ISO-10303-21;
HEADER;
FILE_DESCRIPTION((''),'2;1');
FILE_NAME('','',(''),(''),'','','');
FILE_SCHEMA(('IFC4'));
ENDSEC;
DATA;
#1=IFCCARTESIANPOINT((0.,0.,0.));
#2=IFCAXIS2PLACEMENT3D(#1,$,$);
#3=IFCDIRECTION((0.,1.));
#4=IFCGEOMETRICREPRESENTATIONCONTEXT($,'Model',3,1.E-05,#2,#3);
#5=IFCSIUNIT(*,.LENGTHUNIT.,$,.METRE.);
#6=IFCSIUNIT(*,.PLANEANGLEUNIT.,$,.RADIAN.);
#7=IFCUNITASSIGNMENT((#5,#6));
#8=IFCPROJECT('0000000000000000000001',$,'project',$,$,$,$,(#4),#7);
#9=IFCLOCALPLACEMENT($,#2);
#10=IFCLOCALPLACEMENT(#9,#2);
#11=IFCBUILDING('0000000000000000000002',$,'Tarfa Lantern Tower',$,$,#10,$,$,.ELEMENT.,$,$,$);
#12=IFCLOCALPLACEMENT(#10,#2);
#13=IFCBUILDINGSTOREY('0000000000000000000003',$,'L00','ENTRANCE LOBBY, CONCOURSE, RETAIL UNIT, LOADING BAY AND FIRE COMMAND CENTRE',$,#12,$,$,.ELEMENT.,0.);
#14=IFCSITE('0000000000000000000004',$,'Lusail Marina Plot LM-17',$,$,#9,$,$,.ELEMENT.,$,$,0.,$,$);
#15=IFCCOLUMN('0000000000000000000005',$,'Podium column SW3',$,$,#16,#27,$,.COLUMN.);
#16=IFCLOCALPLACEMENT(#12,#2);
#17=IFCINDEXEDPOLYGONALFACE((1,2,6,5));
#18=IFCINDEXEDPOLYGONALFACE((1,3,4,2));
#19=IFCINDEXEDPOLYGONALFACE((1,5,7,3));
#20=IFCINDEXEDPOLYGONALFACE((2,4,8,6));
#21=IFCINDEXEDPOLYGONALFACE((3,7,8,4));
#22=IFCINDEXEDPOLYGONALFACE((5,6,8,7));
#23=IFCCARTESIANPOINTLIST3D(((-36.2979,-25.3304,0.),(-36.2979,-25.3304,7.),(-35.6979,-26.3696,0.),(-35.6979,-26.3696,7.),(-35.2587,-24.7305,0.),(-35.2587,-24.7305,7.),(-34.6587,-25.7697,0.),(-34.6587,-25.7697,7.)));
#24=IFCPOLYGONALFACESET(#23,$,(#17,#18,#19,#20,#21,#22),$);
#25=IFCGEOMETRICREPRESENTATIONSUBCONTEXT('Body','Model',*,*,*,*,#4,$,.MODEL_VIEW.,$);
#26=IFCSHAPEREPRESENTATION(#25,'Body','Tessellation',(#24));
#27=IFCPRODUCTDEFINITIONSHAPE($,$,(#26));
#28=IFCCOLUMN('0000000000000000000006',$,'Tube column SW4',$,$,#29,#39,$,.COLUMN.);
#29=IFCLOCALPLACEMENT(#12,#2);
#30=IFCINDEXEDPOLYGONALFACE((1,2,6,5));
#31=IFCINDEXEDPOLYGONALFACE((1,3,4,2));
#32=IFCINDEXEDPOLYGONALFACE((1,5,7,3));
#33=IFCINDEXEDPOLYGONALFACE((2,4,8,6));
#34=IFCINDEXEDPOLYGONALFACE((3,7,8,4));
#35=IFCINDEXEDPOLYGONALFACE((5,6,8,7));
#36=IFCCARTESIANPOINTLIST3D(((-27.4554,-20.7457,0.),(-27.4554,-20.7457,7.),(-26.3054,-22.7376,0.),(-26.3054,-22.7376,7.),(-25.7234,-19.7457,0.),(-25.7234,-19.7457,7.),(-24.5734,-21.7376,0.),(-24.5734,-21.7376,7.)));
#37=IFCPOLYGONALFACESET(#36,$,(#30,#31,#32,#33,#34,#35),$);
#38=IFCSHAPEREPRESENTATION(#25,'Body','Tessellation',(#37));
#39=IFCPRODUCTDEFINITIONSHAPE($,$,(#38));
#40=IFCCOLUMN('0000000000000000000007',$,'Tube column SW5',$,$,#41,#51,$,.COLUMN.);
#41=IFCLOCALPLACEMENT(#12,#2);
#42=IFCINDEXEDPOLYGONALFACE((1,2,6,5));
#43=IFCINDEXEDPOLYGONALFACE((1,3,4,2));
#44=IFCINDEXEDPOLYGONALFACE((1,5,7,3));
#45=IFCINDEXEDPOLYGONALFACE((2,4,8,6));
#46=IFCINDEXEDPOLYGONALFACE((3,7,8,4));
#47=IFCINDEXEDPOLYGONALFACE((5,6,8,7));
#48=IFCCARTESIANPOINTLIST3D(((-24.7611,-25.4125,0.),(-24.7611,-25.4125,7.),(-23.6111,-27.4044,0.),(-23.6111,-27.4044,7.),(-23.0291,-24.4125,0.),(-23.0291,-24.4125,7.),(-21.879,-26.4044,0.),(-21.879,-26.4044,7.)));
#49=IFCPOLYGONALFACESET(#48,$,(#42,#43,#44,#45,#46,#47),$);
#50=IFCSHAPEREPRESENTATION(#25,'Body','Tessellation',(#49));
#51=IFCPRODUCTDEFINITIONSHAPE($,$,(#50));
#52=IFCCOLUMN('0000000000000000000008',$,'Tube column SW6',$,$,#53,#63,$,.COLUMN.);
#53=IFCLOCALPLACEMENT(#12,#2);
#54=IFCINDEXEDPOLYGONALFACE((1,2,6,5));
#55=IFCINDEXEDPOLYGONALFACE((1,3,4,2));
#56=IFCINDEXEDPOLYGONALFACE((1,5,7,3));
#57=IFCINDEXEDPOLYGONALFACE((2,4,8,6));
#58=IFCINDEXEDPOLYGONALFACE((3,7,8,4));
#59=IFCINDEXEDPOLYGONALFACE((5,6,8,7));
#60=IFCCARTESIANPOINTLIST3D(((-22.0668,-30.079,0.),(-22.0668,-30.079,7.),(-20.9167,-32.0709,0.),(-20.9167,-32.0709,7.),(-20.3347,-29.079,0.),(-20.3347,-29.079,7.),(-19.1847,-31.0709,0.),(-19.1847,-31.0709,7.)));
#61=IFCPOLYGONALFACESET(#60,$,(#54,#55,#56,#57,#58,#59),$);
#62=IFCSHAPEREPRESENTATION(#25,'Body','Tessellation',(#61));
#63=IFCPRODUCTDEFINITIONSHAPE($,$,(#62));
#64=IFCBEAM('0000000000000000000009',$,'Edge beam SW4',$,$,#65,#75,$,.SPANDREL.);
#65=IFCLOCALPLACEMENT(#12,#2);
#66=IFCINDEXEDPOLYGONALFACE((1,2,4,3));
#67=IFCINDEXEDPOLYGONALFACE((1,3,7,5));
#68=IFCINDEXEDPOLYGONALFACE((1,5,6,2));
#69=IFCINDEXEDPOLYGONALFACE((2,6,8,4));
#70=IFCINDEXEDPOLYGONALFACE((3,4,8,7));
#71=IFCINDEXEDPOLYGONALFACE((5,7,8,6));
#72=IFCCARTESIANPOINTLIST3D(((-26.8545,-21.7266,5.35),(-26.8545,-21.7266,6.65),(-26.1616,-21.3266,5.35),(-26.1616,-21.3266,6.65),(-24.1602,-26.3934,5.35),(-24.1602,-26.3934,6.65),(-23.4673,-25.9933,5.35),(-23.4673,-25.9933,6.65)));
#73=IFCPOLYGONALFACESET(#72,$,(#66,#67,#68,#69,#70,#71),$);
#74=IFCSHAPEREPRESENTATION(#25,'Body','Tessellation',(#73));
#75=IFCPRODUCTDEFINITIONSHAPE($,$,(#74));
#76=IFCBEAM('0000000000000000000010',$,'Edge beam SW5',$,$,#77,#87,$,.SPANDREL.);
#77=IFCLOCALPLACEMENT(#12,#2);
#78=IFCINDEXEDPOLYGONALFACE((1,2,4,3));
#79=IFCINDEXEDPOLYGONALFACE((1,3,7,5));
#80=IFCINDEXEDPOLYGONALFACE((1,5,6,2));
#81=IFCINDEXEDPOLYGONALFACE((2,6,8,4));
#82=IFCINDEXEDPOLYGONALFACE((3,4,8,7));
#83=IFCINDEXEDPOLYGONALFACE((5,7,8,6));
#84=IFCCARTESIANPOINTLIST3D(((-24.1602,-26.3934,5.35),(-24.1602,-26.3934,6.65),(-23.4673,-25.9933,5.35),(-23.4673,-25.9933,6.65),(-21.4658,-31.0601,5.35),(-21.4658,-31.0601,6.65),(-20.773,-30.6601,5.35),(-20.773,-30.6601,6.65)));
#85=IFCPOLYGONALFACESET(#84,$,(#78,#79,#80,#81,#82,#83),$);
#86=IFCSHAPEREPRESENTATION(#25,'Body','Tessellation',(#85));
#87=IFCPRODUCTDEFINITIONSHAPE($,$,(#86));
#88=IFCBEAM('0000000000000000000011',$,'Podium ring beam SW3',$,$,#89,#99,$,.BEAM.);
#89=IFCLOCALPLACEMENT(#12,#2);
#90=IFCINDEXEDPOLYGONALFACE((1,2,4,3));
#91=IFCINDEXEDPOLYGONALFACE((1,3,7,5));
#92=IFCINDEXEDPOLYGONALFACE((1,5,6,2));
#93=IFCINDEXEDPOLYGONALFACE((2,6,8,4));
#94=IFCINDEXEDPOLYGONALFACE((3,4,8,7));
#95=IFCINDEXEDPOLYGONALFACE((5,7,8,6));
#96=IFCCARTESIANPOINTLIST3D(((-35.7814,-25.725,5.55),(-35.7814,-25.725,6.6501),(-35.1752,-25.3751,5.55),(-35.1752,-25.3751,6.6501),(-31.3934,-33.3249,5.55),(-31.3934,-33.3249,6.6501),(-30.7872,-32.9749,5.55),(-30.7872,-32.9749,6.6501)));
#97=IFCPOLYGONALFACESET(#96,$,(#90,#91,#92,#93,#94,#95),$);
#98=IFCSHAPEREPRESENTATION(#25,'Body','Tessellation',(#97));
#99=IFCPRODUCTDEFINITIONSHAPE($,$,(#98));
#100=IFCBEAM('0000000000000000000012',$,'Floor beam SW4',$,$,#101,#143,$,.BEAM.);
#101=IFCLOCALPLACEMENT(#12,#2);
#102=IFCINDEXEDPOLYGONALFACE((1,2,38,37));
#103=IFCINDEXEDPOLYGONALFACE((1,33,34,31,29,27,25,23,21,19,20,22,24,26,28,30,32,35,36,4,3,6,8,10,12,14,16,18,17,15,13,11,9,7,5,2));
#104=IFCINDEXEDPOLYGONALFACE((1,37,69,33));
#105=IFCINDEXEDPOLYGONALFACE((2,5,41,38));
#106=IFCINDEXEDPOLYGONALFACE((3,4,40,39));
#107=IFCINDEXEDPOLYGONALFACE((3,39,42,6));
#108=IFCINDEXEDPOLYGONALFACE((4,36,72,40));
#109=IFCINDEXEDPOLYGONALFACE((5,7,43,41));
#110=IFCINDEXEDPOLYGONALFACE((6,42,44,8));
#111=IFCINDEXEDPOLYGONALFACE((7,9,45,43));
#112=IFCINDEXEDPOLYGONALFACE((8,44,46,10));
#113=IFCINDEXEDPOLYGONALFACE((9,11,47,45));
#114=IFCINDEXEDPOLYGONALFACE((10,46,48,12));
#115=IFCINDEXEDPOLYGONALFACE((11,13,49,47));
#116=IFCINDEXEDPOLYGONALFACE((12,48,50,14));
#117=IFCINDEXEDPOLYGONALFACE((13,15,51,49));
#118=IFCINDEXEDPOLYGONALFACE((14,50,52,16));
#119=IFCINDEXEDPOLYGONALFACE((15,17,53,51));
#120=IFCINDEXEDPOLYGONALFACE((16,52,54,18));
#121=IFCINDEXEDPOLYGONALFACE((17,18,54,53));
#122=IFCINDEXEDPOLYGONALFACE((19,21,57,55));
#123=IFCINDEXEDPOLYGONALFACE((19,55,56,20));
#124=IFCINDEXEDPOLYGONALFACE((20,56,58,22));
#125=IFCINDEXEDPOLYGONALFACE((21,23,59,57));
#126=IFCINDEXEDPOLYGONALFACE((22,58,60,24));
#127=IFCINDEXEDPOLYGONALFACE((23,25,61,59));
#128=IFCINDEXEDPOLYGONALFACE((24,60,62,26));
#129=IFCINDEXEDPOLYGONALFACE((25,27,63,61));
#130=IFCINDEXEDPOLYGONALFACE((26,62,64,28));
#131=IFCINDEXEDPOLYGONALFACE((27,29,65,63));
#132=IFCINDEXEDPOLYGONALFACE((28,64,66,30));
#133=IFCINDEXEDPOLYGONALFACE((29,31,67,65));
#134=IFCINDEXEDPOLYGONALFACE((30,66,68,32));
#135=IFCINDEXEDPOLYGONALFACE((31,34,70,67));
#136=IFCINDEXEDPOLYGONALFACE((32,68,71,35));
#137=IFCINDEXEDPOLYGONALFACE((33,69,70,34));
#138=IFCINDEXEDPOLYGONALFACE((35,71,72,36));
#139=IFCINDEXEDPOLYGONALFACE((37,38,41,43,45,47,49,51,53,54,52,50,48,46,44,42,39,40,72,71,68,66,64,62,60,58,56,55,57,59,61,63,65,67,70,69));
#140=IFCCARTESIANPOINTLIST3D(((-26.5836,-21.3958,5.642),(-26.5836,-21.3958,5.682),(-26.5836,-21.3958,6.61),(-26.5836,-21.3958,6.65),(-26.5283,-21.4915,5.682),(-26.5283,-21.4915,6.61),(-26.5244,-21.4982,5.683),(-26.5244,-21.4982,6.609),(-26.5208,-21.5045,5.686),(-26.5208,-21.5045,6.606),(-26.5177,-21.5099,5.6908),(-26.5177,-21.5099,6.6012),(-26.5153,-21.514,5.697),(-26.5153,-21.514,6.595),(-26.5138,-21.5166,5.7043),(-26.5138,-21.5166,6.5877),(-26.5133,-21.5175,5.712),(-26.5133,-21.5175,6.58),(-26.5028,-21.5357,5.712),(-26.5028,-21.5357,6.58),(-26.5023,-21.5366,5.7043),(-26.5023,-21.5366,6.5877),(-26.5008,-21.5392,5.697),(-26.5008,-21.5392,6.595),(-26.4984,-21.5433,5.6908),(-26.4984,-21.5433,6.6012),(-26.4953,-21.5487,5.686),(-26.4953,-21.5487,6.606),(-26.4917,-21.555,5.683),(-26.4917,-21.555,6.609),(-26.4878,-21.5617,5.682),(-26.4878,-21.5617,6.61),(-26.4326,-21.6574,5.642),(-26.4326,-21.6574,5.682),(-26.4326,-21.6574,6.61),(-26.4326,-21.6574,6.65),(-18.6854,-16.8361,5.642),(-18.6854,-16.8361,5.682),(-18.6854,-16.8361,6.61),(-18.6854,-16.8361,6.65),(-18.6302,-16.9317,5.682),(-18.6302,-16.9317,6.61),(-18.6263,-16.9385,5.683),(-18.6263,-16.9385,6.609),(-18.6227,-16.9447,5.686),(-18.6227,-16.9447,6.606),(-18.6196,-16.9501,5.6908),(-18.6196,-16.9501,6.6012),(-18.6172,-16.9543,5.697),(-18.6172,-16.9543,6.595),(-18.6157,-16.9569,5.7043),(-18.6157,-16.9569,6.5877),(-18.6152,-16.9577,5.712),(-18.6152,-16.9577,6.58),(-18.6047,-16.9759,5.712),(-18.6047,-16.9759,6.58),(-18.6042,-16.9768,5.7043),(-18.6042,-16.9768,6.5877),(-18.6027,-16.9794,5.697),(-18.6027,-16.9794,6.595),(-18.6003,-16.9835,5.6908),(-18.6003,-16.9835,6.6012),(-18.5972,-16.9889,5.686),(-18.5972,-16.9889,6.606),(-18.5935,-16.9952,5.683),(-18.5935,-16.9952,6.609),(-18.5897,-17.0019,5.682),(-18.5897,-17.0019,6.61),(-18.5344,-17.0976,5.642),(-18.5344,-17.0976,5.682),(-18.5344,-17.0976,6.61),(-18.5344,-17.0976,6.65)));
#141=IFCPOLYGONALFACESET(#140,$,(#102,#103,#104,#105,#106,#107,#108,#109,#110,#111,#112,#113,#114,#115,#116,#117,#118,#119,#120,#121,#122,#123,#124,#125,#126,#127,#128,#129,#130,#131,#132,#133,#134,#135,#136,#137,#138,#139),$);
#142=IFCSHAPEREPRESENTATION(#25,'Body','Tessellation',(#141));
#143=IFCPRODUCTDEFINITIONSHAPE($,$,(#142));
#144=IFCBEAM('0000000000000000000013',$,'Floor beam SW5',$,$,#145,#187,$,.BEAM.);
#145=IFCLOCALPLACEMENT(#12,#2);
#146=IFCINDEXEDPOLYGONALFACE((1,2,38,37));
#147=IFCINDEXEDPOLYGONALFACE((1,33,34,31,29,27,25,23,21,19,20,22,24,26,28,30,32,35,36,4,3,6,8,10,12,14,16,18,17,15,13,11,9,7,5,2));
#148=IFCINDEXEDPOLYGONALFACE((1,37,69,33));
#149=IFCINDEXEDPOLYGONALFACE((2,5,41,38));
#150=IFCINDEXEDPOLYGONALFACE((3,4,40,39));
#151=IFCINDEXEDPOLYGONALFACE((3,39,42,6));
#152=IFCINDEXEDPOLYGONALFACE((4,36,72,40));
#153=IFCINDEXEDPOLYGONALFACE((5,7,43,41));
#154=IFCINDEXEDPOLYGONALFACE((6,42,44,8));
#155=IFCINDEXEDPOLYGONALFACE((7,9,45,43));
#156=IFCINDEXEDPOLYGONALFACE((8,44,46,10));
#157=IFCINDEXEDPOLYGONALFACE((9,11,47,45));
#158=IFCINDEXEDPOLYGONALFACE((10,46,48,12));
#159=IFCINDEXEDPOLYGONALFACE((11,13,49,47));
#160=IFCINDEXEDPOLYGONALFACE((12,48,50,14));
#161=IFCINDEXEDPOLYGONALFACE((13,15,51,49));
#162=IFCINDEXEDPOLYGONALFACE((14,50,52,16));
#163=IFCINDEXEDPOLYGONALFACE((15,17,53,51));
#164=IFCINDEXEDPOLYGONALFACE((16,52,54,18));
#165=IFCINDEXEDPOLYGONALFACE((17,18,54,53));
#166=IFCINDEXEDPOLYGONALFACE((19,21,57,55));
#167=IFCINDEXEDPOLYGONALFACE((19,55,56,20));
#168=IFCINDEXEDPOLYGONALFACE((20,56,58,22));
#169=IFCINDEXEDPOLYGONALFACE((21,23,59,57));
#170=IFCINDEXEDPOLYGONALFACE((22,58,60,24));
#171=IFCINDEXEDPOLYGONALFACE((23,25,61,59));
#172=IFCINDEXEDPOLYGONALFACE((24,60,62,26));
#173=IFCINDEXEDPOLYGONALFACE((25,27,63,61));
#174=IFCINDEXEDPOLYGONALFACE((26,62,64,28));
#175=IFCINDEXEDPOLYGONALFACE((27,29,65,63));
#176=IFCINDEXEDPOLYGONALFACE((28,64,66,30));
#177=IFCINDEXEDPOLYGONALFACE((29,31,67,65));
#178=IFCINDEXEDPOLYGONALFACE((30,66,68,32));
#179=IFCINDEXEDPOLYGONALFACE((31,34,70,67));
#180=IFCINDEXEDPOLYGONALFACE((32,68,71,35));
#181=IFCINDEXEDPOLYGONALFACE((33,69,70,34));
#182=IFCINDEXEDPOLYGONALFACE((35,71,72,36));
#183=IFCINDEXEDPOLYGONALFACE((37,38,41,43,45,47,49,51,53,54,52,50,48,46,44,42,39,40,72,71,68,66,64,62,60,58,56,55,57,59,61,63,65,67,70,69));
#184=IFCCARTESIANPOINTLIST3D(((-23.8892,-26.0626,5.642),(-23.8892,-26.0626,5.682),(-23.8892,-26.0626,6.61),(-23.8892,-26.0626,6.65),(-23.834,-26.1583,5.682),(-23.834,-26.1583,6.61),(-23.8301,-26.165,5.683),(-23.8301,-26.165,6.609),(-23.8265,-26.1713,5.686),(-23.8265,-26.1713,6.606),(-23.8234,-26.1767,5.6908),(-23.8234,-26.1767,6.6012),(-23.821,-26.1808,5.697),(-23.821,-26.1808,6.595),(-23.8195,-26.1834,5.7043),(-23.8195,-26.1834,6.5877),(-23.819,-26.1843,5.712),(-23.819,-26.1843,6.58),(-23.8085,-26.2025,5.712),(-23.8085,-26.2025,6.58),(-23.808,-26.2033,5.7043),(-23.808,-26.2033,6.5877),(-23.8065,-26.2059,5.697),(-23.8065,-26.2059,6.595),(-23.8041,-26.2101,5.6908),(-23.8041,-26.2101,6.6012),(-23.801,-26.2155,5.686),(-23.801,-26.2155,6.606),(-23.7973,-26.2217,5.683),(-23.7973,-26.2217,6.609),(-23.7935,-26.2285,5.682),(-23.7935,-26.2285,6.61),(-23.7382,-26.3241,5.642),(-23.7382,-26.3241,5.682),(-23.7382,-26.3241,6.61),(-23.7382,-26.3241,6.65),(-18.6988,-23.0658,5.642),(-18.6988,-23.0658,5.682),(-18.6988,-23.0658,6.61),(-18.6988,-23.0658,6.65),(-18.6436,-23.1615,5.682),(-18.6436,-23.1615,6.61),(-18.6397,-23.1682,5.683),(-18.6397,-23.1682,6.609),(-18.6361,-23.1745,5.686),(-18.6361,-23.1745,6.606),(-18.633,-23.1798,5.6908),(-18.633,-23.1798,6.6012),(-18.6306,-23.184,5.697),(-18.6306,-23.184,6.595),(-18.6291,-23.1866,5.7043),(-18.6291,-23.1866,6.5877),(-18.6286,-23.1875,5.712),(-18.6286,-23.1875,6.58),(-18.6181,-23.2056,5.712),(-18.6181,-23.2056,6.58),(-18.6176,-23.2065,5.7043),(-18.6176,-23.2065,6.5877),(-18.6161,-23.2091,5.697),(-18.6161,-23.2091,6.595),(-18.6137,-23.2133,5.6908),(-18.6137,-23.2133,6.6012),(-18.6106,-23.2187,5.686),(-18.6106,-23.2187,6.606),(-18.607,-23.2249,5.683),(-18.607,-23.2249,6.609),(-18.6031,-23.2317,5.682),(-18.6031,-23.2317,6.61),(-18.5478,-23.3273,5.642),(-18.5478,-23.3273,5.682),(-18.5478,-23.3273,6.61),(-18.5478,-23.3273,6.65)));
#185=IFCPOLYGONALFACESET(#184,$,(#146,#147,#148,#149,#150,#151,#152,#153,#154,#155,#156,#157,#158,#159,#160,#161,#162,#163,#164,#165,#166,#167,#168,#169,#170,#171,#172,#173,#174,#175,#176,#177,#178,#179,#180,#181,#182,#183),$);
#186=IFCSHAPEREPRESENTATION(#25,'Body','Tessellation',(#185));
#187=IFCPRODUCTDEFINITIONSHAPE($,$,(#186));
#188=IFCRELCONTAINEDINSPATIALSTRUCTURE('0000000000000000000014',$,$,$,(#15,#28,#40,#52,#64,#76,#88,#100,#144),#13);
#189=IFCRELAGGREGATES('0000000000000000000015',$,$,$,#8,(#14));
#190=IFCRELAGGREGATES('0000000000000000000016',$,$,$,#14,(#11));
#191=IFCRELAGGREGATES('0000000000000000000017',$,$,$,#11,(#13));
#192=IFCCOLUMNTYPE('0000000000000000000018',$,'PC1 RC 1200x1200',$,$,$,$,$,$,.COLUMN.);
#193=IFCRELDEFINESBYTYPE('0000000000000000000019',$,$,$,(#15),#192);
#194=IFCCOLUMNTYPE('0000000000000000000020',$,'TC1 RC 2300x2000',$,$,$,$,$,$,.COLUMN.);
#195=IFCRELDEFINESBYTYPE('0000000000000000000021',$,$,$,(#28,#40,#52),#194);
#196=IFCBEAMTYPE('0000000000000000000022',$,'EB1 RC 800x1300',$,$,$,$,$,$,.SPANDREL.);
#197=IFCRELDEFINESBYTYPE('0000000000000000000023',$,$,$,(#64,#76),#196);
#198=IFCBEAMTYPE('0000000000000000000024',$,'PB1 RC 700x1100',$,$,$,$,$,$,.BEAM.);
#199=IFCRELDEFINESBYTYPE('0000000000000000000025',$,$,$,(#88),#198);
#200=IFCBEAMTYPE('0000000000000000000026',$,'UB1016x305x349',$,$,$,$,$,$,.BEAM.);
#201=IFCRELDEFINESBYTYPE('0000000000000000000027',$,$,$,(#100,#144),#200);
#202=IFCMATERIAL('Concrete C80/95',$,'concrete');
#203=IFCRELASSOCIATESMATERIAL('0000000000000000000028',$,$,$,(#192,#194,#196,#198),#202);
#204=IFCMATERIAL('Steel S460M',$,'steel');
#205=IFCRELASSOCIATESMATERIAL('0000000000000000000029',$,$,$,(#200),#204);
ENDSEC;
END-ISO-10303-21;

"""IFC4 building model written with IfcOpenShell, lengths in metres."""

from ifc_helpers import new_model, si_unit, direction, frame, origin, origin_2d, place, context, subcontext, project, spatial, rectangle, i_section, extrude, material, material_profile, profile_set, type_object, element, save


model = new_model("IFC4")

# Units and contexts
model_context = context("Model", 3, precision=1e-05, world=origin(), true_north=direction((0.0, 1.0)))
body_context = subcontext(model_context, "Body", "Model", "MODEL_VIEW")
ifc_project = project(units=[si_unit("LENGTHUNIT", "METRE"), si_unit("PLANEANGLEUNIT", "RADIAN")], contexts=[model_context])

# Site, building, storey
site_placement = place(None, origin())
site = spatial("IfcSite", under=ifc_project, at=site_placement, Name="Lusail Marina Plot LM-17", CompositionType="ELEMENT", RefElevation=0.0)
building_placement = place(site_placement, origin())
building = spatial("IfcBuilding", under=site, at=building_placement, Name="Tarfa Lantern Tower", CompositionType="ELEMENT")
storey_placement = place(building_placement, origin())
storey = spatial("IfcBuildingStorey", under=building, at=storey_placement, Name="L00", Description="ENTRANCE LOBBY, CONCOURSE, RETAIL UNIT, LOADING BAY AND FIRE COMMAND CENTRE", CompositionType="ELEMENT", Elevation=0.0)

# Columns
ifc_material_1 = material(Name="Concrete C80/95", Category="concrete")
ifc_material_profile_1 = material_profile(ifc_material_1, rectangle(XDim=1.2, YDim=1.2, at=origin_2d()), Name="RC 1200x1200")
ifc_profile_set_1 = profile_set([ifc_material_profile_1], Name="Concrete C80/95")
column_type_1 = type_object("IfcColumnType", Name="PC1 RC 1200x1200", PredefinedType="COLUMN", material=ifc_profile_set_1)
column_placement = place(storey_placement, frame((-35.4783, -25.55, 0.0), z_axis=(0.0, 0.0, 1.0), x_axis=(0.5, -0.866025, 0.0)))
element("IfcColumn", 1, at=column_placement, inside=storey, type_object=column_type_1, Name="Podium column SW3", PredefinedType="COLUMN", context=body_context, shape_type="SweptSolid", body=[
    extrude(rectangle(XDim=1.2, YDim=1.2, at=origin_2d()), origin(), (0.0, 0.0, 1.0), 7.0),
])
ifc_material_profile_2 = material_profile(ifc_material_1, rectangle(XDim=2.3, YDim=2.0, at=origin_2d()), Name="RC 2300x2000")
ifc_profile_set_2 = profile_set([ifc_material_profile_2], Name="Concrete C80/95")
column_type_2 = type_object("IfcColumnType", Name="TC1 RC 2300x2000", PredefinedType="COLUMN", material=ifc_profile_set_2)
for number, where, z_axis, x_axis, name in (
    (2, (-26.0144, -21.2417, 0.0), (0.0, 0.0, 1.0), (0.5, -0.866025, 0.0), "Tube column SW4"),
    (3, (-23.3201, -25.9084, 0.0), (0.0, 0.0, 1.0), (0.5, -0.866025, 0.0), "Tube column SW5"),
    (4, (-20.6257, -30.575, 0.0), (0.0, 0.0, 1.0), (0.5, -0.866025, 0.0), "Tube column SW6"),
):
    element("IfcColumn", number, at=place(storey_placement, frame(where, z_axis=z_axis, x_axis=x_axis)), inside=storey, type_object=column_type_2, Name=name, PredefinedType="COLUMN", context=body_context, shape_type="SweptSolid", body=[
        extrude(rectangle(XDim=2.3, YDim=2.0, at=origin_2d()), origin(), (0.0, 0.0, 1.0), 7.0),
    ])

# Beams
ifc_material_profile_3 = material_profile(ifc_material_1, rectangle(XDim=0.8, YDim=1.3, at=origin_2d()), Name="RC 800x1300")
ifc_profile_set_3 = profile_set([ifc_material_profile_3], Name="Concrete C80/95")
beam_type_1 = type_object("IfcBeamType", Name="EB1 RC 800x1300", PredefinedType="SPANDREL", material=ifc_profile_set_3)
for number, where, z_axis, x_axis, name in (
    (5, (-26.5081, -21.5266, 6.0), (0.499998, -0.866026, 0.0), (0.866026, 0.499998, 0.0), "Edge beam SW4"),
    (6, (-23.8137, -26.1934, 6.0), (0.499998, -0.866026, 0.0), (0.866026, 0.499998, 0.0), "Edge beam SW5"),
):
    element("IfcBeam", number, at=place(storey_placement, frame(where, z_axis=z_axis, x_axis=x_axis)), inside=storey, type_object=beam_type_1, Name=name, PredefinedType="SPANDREL", context=body_context, shape_type="SweptSolid", body=[
        extrude(rectangle(XDim=0.8, YDim=1.3, at=origin_2d()), origin(), (0.0, 0.0, 1.0), 5.3887),
    ])
ifc_material_profile_4 = material_profile(ifc_material_1, rectangle(XDim=0.7, YDim=1.1001, at=origin_2d()), Name="RC 700x1100")
ifc_profile_set_4 = profile_set([ifc_material_profile_4], Name="Concrete C80/95")
beam_type_2 = type_object("IfcBeamType", Name="PB1 RC 700x1100", PredefinedType="BEAM", material=ifc_profile_set_4)
beam_1_placement = place(storey_placement, frame((-35.4783, -25.55, 6.1001), z_axis=(0.500014, -0.866017, 0.0), x_axis=(0.866017, 0.500014, 0.0)))
element("IfcBeam", 7, at=beam_1_placement, inside=storey, type_object=beam_type_2, Name="Podium ring beam SW3", PredefinedType="BEAM", context=body_context, shape_type="SweptSolid", body=[
    extrude(rectangle(XDim=0.7, YDim=1.1001, at=origin_2d()), origin(), (0.0, 0.0, 1.0), 8.7756),
])
ifc_material_2 = material(Name="Steel S460M", Category="steel")
ifc_material_profile_5 = material_profile(ifc_material_2, i_section(OverallWidth=0.302, OverallDepth=1.0081, WebThickness=0.021, FlangeThickness=0.04, FilletRadius=0.03, at=origin_2d()), Name="UB1016x305x349")
ifc_profile_set_5 = profile_set([ifc_material_profile_5], Name="Steel S460M")
beam_type_3 = type_object("IfcBeamType", Name="UB1016x305x349", PredefinedType="BEAM", material=ifc_profile_set_5)
beam_2_placement = place(storey_placement, frame((-26.5081, -21.5266, 6.146), z_axis=(0.866035, 0.499983, 0.0), x_axis=(-0.499983, 0.866035, 0.0)))
element("IfcBeam", 8, at=beam_2_placement, inside=storey, type_object=beam_type_3, Name="Floor beam SW4", PredefinedType="BEAM", context=body_context, shape_type="SweptSolid", body=[
    extrude(i_section(OverallWidth=0.302, OverallDepth=1.0081, WebThickness=0.021, FlangeThickness=0.04, FilletRadius=0.03, at=origin_2d()), origin(), (0.0, 0.0, 1.0), 9.1199),
])
beam_3_placement = place(storey_placement, frame((-23.8137, -26.1934, 6.146), z_axis=(0.866016, 0.500016, 0.0), x_axis=(-0.500016, 0.866016, 0.0)))
element("IfcBeam", 9, at=beam_3_placement, inside=storey, type_object=beam_type_3, Name="Floor beam SW5", PredefinedType="BEAM", context=body_context, shape_type="SweptSolid", body=[
    extrude(i_section(OverallWidth=0.302, OverallDepth=1.0081, WebThickness=0.021, FlangeThickness=0.04, FilletRadius=0.03, at=origin_2d()), origin(), (0.0, 0.0, 1.0), 5.9934),
])

save(model, "model.ifc")
